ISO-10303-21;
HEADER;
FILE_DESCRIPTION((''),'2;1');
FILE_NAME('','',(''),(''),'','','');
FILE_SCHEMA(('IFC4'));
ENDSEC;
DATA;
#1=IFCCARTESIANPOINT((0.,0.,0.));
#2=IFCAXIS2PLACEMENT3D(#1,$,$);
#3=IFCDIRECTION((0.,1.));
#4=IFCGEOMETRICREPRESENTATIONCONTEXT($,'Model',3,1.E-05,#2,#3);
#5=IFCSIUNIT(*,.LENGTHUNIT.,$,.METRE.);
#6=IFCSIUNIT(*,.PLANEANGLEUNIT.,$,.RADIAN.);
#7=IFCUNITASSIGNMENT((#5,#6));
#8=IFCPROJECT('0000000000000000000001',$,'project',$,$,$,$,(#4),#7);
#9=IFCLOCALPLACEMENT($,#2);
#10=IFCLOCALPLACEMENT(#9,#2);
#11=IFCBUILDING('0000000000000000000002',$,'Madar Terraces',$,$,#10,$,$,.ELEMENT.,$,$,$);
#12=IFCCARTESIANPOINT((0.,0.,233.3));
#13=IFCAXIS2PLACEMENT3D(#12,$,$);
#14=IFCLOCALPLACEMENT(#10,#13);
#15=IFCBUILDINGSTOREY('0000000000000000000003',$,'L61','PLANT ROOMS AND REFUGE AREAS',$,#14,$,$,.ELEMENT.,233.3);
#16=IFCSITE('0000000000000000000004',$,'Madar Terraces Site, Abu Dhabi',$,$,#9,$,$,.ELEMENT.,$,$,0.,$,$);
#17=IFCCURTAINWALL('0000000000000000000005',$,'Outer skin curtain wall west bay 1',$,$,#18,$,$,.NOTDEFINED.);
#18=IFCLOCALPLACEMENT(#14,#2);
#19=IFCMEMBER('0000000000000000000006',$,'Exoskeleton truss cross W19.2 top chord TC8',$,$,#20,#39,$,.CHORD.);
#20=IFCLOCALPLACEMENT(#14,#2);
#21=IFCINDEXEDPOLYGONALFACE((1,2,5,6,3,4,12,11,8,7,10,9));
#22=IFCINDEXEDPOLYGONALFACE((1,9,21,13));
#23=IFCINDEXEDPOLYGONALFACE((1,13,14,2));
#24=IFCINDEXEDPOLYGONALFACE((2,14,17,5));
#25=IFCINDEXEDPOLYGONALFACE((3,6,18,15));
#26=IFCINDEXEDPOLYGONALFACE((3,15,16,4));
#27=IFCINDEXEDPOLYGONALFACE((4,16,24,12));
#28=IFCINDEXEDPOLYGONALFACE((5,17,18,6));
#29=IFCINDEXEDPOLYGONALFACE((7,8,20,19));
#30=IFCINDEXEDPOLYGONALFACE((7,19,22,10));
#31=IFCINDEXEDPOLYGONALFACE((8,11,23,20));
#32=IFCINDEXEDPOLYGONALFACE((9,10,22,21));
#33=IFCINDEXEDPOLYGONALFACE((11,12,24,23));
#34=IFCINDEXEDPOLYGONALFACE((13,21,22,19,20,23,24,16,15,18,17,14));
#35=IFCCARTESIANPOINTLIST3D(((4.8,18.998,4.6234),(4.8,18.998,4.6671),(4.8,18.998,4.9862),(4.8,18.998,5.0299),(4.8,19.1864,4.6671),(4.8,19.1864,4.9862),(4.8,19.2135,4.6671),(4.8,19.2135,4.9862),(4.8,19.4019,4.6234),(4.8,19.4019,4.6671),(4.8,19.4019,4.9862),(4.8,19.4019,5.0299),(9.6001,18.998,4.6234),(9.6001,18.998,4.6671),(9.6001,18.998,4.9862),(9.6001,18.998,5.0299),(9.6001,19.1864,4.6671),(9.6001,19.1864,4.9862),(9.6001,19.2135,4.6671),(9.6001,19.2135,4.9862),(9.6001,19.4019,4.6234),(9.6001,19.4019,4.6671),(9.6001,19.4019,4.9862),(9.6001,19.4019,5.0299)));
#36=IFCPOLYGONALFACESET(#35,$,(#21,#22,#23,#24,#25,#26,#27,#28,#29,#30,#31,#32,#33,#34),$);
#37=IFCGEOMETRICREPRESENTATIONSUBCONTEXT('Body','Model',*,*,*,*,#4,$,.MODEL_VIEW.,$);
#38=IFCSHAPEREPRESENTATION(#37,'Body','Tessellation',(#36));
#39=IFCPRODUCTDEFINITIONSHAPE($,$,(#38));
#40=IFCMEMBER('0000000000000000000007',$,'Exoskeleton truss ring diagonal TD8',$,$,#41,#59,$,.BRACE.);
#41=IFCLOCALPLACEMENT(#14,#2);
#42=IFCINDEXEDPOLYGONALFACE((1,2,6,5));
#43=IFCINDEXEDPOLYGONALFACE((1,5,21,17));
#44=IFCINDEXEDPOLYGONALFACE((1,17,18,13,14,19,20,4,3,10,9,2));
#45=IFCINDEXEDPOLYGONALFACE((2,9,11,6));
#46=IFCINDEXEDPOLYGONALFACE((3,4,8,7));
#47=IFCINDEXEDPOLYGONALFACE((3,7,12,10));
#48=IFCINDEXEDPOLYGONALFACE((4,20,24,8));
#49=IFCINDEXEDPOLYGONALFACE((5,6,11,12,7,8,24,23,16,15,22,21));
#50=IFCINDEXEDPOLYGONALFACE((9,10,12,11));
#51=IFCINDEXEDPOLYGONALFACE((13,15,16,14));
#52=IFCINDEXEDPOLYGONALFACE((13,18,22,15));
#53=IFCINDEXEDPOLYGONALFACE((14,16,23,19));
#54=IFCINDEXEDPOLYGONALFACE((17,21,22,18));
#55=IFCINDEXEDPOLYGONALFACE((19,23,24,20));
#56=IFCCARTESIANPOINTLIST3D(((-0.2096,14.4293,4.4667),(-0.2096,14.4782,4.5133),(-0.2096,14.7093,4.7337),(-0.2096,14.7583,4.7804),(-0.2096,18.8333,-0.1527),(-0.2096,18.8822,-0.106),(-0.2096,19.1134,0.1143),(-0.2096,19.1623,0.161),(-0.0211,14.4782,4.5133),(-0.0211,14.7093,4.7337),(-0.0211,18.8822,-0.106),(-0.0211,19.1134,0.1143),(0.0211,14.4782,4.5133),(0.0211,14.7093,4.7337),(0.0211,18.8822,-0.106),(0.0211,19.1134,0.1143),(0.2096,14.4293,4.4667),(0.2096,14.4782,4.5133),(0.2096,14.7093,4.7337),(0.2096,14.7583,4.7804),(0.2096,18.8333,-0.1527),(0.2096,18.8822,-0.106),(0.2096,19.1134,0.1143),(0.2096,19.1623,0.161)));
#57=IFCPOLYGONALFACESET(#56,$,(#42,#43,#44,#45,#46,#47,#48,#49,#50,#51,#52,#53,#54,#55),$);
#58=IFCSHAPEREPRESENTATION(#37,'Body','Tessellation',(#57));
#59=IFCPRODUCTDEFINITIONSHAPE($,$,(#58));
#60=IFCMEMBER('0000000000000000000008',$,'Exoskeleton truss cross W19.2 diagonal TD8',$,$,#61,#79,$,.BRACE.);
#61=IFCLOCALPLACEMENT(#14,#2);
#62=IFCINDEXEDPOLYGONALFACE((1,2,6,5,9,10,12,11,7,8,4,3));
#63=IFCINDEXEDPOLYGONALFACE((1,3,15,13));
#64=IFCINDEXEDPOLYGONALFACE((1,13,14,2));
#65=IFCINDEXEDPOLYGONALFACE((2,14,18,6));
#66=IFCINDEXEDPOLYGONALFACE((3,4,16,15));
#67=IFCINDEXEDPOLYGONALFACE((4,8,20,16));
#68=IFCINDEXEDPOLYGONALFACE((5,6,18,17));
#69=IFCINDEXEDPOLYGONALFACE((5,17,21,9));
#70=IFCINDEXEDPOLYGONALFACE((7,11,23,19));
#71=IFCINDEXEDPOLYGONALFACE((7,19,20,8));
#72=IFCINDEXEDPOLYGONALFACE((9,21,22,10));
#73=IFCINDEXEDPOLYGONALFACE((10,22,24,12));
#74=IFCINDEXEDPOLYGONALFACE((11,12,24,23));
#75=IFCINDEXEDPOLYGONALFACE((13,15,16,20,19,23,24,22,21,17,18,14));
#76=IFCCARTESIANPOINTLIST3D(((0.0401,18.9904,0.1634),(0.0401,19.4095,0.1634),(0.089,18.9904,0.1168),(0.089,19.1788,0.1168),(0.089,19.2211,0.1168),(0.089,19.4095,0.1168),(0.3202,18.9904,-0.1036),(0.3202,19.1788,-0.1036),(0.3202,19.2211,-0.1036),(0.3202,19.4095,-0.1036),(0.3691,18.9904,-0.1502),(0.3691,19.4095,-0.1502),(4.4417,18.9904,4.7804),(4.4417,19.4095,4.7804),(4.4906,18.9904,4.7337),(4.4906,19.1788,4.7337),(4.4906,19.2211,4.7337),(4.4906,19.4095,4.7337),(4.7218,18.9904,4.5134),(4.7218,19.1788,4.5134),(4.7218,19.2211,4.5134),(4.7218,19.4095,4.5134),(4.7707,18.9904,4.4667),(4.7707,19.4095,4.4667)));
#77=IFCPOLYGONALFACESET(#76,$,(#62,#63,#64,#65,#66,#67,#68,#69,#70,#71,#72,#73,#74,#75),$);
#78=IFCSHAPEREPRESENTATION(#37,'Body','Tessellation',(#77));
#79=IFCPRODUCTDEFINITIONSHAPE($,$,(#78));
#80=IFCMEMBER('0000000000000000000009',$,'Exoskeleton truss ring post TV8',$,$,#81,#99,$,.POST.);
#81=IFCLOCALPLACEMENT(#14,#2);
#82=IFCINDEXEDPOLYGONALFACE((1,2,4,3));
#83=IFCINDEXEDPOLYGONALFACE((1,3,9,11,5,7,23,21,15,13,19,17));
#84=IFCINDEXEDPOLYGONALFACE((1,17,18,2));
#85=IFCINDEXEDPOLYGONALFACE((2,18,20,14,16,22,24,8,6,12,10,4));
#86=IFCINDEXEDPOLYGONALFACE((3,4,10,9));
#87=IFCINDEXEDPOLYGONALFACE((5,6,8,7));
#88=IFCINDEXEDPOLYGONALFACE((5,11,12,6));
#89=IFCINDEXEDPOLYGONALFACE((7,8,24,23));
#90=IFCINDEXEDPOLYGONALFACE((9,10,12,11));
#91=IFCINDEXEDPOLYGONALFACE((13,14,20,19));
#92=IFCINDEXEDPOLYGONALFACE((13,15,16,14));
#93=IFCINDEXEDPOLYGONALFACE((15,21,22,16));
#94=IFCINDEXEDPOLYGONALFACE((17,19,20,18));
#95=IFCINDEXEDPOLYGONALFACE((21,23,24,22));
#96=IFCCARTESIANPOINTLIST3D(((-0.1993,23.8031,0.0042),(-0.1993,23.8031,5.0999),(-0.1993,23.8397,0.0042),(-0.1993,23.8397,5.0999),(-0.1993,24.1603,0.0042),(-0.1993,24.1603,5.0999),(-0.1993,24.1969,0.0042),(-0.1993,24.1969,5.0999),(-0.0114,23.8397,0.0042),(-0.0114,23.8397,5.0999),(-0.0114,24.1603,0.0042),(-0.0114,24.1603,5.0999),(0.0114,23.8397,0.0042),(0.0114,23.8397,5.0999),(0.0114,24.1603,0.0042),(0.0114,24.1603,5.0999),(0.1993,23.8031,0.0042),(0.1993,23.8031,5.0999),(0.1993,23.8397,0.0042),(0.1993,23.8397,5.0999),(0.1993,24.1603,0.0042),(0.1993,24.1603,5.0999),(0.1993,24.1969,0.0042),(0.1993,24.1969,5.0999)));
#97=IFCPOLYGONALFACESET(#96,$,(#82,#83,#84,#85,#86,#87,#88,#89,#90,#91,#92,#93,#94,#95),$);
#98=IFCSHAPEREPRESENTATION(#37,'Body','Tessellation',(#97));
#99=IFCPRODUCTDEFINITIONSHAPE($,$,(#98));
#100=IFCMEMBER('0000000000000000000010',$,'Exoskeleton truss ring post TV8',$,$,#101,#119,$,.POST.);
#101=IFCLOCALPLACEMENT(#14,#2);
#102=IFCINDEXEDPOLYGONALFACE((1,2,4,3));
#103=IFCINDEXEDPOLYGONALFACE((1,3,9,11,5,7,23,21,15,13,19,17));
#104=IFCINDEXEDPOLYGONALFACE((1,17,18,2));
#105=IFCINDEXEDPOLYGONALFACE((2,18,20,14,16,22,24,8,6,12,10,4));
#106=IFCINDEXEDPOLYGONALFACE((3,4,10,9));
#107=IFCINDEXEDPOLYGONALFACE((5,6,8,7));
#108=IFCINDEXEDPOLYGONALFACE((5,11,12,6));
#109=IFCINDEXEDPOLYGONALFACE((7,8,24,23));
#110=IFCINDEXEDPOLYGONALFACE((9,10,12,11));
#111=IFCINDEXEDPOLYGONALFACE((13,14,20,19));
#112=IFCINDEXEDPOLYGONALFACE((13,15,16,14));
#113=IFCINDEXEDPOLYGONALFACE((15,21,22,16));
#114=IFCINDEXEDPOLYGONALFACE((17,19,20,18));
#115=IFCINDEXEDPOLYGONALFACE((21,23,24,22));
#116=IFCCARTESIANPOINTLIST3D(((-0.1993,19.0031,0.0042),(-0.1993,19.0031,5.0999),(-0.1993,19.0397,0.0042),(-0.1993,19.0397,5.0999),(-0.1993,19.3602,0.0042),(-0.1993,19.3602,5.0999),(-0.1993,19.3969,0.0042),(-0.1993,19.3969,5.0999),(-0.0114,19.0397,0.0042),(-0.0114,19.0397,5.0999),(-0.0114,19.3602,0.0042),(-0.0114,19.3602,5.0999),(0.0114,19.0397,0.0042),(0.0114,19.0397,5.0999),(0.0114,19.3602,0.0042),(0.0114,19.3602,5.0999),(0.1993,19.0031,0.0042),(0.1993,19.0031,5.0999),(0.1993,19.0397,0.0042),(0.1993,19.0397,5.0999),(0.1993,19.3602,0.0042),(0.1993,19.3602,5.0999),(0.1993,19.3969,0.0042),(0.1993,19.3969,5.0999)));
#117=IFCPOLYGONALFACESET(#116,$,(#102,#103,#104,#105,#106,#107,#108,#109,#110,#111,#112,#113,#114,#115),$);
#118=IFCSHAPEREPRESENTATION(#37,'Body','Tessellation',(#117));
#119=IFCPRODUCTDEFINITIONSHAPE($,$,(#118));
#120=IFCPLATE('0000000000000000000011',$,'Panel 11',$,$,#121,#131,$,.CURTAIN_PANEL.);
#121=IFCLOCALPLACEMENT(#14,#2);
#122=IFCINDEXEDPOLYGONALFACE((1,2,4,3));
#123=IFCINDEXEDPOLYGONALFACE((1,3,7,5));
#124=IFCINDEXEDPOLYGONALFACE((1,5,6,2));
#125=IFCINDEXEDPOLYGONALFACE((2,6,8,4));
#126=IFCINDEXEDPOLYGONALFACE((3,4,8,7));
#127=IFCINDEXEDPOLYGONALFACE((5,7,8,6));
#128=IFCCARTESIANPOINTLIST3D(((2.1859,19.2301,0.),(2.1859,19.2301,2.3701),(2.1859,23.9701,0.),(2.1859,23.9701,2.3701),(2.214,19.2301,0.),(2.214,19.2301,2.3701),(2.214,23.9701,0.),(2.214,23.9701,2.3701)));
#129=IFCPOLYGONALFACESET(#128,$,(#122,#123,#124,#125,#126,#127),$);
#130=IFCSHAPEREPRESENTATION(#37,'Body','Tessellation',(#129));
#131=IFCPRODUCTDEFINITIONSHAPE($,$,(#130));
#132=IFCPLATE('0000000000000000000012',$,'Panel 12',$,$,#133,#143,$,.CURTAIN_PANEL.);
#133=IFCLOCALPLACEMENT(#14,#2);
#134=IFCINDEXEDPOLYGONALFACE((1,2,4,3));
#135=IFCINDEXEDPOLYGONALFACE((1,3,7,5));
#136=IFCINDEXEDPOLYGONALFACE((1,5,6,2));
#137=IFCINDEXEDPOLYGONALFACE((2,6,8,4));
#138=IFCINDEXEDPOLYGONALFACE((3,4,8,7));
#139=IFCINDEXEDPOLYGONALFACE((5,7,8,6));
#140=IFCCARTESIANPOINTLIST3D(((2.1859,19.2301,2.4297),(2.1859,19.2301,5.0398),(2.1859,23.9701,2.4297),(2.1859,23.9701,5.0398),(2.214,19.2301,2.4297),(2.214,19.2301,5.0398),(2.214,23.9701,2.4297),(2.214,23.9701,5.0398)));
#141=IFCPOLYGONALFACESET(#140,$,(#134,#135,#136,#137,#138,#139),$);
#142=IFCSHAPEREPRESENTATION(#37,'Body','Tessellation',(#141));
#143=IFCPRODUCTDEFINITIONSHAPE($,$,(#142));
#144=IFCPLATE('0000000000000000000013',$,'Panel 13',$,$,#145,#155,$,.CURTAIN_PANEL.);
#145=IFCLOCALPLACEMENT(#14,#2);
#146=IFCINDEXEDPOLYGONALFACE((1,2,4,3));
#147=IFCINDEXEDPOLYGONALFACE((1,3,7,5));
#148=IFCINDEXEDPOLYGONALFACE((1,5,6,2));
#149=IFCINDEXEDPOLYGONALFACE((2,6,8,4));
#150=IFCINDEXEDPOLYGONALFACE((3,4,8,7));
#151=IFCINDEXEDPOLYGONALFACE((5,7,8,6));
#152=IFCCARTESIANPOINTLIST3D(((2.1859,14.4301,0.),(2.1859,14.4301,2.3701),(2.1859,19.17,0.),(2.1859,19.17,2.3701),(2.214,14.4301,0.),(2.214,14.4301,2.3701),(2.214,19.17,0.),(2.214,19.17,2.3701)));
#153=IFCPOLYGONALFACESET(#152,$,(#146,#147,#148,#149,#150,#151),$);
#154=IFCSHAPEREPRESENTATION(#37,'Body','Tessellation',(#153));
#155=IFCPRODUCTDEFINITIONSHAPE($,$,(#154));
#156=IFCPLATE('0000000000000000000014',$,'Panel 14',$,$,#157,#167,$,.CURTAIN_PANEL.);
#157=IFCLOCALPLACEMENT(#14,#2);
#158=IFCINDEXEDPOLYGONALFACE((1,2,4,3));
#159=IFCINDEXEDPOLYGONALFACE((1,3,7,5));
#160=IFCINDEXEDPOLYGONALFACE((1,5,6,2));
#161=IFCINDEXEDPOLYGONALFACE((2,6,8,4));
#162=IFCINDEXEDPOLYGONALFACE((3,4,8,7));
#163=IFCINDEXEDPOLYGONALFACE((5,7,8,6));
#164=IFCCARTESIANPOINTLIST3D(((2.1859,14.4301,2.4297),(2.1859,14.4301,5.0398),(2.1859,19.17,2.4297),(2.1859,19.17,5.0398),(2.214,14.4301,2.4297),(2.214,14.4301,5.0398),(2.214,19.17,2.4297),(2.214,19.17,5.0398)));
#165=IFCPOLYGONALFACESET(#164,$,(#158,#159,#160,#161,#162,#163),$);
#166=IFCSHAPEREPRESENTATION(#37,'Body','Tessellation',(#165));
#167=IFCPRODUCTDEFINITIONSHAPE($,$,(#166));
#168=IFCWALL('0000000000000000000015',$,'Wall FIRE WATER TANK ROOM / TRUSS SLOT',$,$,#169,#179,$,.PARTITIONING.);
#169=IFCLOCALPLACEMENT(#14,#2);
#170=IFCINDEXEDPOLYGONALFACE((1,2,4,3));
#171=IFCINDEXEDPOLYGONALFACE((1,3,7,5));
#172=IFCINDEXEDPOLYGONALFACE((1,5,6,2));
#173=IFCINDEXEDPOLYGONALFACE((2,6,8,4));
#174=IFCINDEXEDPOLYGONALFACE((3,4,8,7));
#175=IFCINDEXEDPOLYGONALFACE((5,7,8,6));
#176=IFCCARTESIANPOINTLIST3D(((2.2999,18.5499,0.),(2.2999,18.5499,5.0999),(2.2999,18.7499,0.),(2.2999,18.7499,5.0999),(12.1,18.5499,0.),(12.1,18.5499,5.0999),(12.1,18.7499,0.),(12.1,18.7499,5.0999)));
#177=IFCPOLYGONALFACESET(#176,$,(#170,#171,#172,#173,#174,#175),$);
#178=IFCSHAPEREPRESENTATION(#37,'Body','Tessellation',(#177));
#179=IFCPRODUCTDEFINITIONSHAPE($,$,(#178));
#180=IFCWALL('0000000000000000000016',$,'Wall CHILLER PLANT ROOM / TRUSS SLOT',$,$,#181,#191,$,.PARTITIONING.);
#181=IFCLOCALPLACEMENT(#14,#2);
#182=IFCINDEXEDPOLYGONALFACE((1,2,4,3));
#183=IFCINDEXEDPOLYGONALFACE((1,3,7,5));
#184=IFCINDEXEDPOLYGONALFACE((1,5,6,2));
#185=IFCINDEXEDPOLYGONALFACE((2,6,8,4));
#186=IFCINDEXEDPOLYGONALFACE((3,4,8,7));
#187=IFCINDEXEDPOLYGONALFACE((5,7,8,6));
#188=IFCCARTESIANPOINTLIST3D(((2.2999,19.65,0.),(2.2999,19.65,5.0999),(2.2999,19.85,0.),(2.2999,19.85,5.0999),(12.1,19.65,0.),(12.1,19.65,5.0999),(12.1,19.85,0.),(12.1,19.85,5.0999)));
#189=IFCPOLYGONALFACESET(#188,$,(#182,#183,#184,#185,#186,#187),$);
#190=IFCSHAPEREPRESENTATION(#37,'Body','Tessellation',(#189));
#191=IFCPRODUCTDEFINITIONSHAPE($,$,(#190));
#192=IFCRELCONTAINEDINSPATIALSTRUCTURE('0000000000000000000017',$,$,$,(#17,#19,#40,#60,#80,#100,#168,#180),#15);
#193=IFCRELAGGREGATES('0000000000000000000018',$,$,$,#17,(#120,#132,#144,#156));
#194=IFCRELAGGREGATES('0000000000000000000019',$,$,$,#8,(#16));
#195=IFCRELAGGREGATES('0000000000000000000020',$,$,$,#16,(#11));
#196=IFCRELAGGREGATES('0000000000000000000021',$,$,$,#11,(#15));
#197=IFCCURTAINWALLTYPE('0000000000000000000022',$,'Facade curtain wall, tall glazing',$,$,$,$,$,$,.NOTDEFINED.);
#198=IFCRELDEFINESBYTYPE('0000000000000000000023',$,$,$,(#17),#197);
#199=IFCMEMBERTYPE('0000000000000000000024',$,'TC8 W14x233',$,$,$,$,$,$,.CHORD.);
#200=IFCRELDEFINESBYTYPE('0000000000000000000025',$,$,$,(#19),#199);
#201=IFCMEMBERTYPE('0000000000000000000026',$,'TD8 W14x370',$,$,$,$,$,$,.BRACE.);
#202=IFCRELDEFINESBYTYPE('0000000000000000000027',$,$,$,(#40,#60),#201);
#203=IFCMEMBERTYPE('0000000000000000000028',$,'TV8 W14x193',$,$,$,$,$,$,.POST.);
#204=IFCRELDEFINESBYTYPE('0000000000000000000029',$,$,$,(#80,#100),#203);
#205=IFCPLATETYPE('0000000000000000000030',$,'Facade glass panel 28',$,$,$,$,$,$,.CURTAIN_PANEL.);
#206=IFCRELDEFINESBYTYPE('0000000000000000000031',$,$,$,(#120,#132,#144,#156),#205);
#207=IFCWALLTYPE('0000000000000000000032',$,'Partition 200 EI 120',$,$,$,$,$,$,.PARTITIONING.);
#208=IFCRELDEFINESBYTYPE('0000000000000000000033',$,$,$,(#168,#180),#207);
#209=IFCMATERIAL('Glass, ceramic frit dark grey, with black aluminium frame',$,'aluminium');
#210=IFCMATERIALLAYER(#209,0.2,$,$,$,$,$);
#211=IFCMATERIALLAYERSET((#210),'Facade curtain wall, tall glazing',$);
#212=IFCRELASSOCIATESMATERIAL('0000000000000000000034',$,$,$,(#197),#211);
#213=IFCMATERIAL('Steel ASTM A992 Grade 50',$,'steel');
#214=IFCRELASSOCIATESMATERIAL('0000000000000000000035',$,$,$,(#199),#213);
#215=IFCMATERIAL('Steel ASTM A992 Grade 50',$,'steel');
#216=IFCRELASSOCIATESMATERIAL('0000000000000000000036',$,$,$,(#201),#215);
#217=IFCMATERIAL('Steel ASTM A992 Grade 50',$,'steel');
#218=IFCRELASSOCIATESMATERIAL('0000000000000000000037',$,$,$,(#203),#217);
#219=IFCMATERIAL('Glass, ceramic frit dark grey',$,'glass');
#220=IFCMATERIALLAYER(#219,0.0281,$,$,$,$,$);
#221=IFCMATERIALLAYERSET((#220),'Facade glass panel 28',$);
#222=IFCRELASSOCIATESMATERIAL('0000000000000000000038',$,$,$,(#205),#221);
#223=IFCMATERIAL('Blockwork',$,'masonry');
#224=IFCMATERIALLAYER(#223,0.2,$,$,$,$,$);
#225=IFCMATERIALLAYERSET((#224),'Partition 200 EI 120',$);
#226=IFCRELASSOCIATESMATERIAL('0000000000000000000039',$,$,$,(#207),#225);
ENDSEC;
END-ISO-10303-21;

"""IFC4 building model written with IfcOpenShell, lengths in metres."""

from ifc_helpers import new_model, si_unit, direction, frame, frame_2d, origin, origin_2d, place, context, subcontext, project, spatial, rectangle, i_section, extrude, material, layer, layer_set, material_profile, profile_set, type_object, element, aggregate, save


model = new_model("IFC4")

# Units and contexts
model_context = context("Model", 3, precision=1e-05, world=origin(), true_north=direction((0.0, 1.0)))
body_context = subcontext(model_context, "Body", "Model", "MODEL_VIEW")
ifc_project = project(units=[si_unit("LENGTHUNIT", "METRE"), si_unit("PLANEANGLEUNIT", "RADIAN")], contexts=[model_context])

# Site, building, storey
site_placement = place(None, origin())
site = spatial("IfcSite", under=ifc_project, at=site_placement, Name="Madar Terraces Site, Abu Dhabi", CompositionType="ELEMENT", RefElevation=0.0)
building_placement = place(site_placement, origin())
building = spatial("IfcBuilding", under=site, at=building_placement, Name="Madar Terraces", CompositionType="ELEMENT")
storey_placement = place(building_placement, frame((0.0, 0.0, 233.3)))
storey = spatial("IfcBuildingStorey", under=building, at=storey_placement, Name="L61", Description="PLANT ROOMS AND REFUGE AREAS", CompositionType="ELEMENT", Elevation=233.3)

# Curtain wall
ifc_material_1 = material(Name="Glass, ceramic frit dark grey, with black aluminium frame", Category="aluminium")
ifc_layer_1 = layer(ifc_material_1, 0.2)
ifc_layer_set_1 = layer_set([ifc_layer_1], Name="Facade curtain wall, tall glazing")
curtain_wall_type = type_object("IfcCurtainWallType", Name="Facade curtain wall, tall glazing", PredefinedType="NOTDEFINED", material=ifc_layer_set_1)
curtain_wall_placement = place(storey_placement, origin())
curtain_wall = element("IfcCurtainWall", 1, at=curtain_wall_placement, inside=storey, type_object=curtain_wall_type, Name="Outer skin curtain wall west bay 1", PredefinedType="NOTDEFINED")

# Members
ifc_material_2 = material(Name="Steel ASTM A992 Grade 50", Category="steel")
ifc_material_profile_1 = material_profile(ifc_material_2, i_section(OverallWidth=0.4038, OverallDepth=0.4065, WebThickness=0.0271, FlangeThickness=0.0437, at=origin_2d()), Name="W14x233")
ifc_profile_set_1 = profile_set([ifc_material_profile_1], Name="Steel ASTM A992 Grade 50")
member_type_1 = type_object("IfcMemberType", Name="TC8 W14x233", PredefinedType="CHORD", material=ifc_profile_set_1)
member_1_placement = place(storey_placement, frame((4.8, 19.2, 4.8267), z_axis=(1.0, 0.0, 0.0), x_axis=(0.0, 1.0, 0.0)))
element("IfcMember", 2, at=member_1_placement, inside=storey, type_object=member_type_1, Name="Exoskeleton truss cross W19.2 top chord TC8", PredefinedType="CHORD", context=body_context, shape_type="SweptSolid", body=[
    extrude(i_section(OverallWidth=0.4038, OverallDepth=0.4065, WebThickness=0.0271, FlangeThickness=0.0437, at=origin_2d()), origin(), (0.0, 0.0, 1.0), 4.8),
])
ifc_material_3 = material(Name="Steel ASTM A992 Grade 50", Category="steel")
ifc_material_profile_2 = material_profile(ifc_material_3, i_section(OverallWidth=0.4192, OverallDepth=0.4546, WebThickness=0.0422, FlangeThickness=0.0676, at=origin_2d()), Name="W14x370")
ifc_profile_set_2 = profile_set([ifc_material_profile_2], Name="Steel ASTM A992 Grade 50")
member_type_2 = type_object("IfcMemberType", Name="TD8 W14x370", PredefinedType="BRACE", material=ifc_profile_set_2)
member_2_placement = place(storey_placement, frame((0.0, 18.9978, 0.0042), z_axis=(0.0, -0.690036, 0.723775), x_axis=(1.0, 0.0, 0.0)))
element("IfcMember", 3, at=member_2_placement, inside=storey, type_object=member_type_2, Name="Exoskeleton truss ring diagonal TD8", PredefinedType="BRACE", context=body_context, shape_type="SweptSolid", body=[
    extrude(i_section(OverallWidth=0.4192, OverallDepth=0.4546, WebThickness=0.0422, FlangeThickness=0.0676, at=origin_2d()), origin(), (0.0, 0.0, 1.0), 6.3823),
])
member_3_placement = place(storey_placement, frame((0.2046, 19.2, 0.0066), z_axis=(0.690027, 0.0, 0.723784), x_axis=(0.0, 1.0, 0.0)))
element("IfcMember", 4, at=member_3_placement, inside=storey, type_object=member_type_2, Name="Exoskeleton truss cross W19.2 diagonal TD8", PredefinedType="BRACE", context=body_context, shape_type="SweptSolid", body=[
    extrude(i_section(OverallWidth=0.4192, OverallDepth=0.4546, WebThickness=0.0422, FlangeThickness=0.0676, at=origin_2d()), origin(), (0.0, 0.0, 1.0), 6.3789),
])
ifc_material_4 = material(Name="Steel ASTM A992 Grade 50", Category="steel")
ifc_material_profile_3 = material_profile(ifc_material_4, i_section(OverallWidth=0.3987, OverallDepth=0.3938, WebThickness=0.0227, FlangeThickness=0.0366, at=origin_2d()), Name="W14x193")
ifc_profile_set_3 = profile_set([ifc_material_profile_3], Name="Steel ASTM A992 Grade 50")
member_type_3 = type_object("IfcMemberType", Name="TV8 W14x193", PredefinedType="POST", material=ifc_profile_set_3)
for number, where, z_axis, x_axis, name in (
    (5, (0.0, 24.0, 0.0042), (0.0, 0.0, 1.0), (1.0, 0.0, 0.0), "Exoskeleton truss ring post TV8"),
    (6, (0.0, 19.2, 0.0042), (0.0, 0.0, 1.0), (1.0, 0.0, 0.0), "Exoskeleton truss ring post TV8"),
):
    element("IfcMember", number, at=place(storey_placement, frame(where, z_axis=z_axis, x_axis=x_axis)), inside=storey, type_object=member_type_3, Name=name, PredefinedType="POST", context=body_context, shape_type="SweptSolid", body=[
        extrude(i_section(OverallWidth=0.3987, OverallDepth=0.3938, WebThickness=0.0227, FlangeThickness=0.0366, at=origin_2d()), origin(), (0.0, 0.0, 1.0), 5.0957),
    ])

# Plates
ifc_material_5 = material(Name="Glass, ceramic frit dark grey", Category="glass")
ifc_layer_2 = layer(ifc_material_5, 0.0281)
ifc_layer_set_2 = layer_set([ifc_layer_2], Name="Facade glass panel 28")
plate_type = type_object("IfcPlateType", Name="Facade glass panel 28", PredefinedType="CURTAIN_PANEL", material=ifc_layer_set_2)
plate_1_placement = place(storey_placement, frame((2.2, 21.6001, 0.0), z_axis=(0.0, 0.0, 1.0), x_axis=(0.0, -1.0, 0.0)))
plate_1 = element("IfcPlate", 7, at=plate_1_placement, type_object=plate_type, Name="Panel 11", PredefinedType="CURTAIN_PANEL", context=body_context, shape_type="SweptSolid", body=[
    extrude(rectangle(XDim=4.74, YDim=0.0281, at=origin_2d()), origin(), (0.0, 0.0, 1.0), 2.3701),
])
plate_2_placement = place(storey_placement, frame((2.2, 21.6001, 2.4297), z_axis=(0.0, 0.0, 1.0), x_axis=(0.0, -1.0, 0.0)))
plate_2 = element("IfcPlate", 8, at=plate_2_placement, type_object=plate_type, Name="Panel 12", PredefinedType="CURTAIN_PANEL", context=body_context, shape_type="SweptSolid", body=[
    extrude(rectangle(XDim=4.74, YDim=0.0281, at=origin_2d()), origin(), (0.0, 0.0, 1.0), 2.6101),
])
plate_3_placement = place(storey_placement, frame((2.2, 16.8, 0.0), z_axis=(0.0, 0.0, 1.0), x_axis=(0.0, -1.0, 0.0)))
plate_3 = element("IfcPlate", 9, at=plate_3_placement, type_object=plate_type, Name="Panel 13", PredefinedType="CURTAIN_PANEL", context=body_context, shape_type="SweptSolid", body=[
    extrude(rectangle(XDim=4.74, YDim=0.0281, at=origin_2d()), origin(), (0.0, 0.0, 1.0), 2.3701),
])
plate_4_placement = place(storey_placement, frame((2.2, 16.8, 2.4297), z_axis=(0.0, 0.0, 1.0), x_axis=(0.0, -1.0, 0.0)))
plate_4 = element("IfcPlate", 10, at=plate_4_placement, type_object=plate_type, Name="Panel 14", PredefinedType="CURTAIN_PANEL", context=body_context, shape_type="SweptSolid", body=[
    extrude(rectangle(XDim=4.74, YDim=0.0281, at=origin_2d()), origin(), (0.0, 0.0, 1.0), 2.6101),
])
aggregate(curtain_wall, [plate_1, plate_2, plate_3, plate_4])

# Walls
ifc_material_6 = material(Name="Blockwork", Category="masonry")
ifc_layer_3 = layer(ifc_material_6, 0.2)
ifc_layer_set_3 = layer_set([ifc_layer_3], Name="Partition 200 EI 120")
wall_type = type_object("IfcWallType", Name="Partition 200 EI 120", PredefinedType="PARTITIONING", material=ifc_layer_set_3)
for number, where, z_axis, x_axis, name in (
    (11, (2.3, 18.6499, 0.0), (0.0, 0.0, 1.0), (1.0, 0.0, 0.0), "Wall FIRE WATER TANK ROOM / TRUSS SLOT"),
    (12, (2.3, 19.75, 0.0), (0.0, 0.0, 1.0), (1.0, 0.0, 0.0), "Wall CHILLER PLANT ROOM / TRUSS SLOT"),
):
    element("IfcWall", number, at=place(storey_placement, frame(where, z_axis=z_axis, x_axis=x_axis)), inside=storey, type_object=wall_type, Name=name, PredefinedType="PARTITIONING", context=body_context, shape_type="SweptSolid", body=[
        extrude(rectangle(XDim=9.8, YDim=0.2, at=frame_2d((4.8999, 0.0))), origin(), (0.0, 0.0, 1.0), 5.0999),
    ])

save(model, "model.ifc")
